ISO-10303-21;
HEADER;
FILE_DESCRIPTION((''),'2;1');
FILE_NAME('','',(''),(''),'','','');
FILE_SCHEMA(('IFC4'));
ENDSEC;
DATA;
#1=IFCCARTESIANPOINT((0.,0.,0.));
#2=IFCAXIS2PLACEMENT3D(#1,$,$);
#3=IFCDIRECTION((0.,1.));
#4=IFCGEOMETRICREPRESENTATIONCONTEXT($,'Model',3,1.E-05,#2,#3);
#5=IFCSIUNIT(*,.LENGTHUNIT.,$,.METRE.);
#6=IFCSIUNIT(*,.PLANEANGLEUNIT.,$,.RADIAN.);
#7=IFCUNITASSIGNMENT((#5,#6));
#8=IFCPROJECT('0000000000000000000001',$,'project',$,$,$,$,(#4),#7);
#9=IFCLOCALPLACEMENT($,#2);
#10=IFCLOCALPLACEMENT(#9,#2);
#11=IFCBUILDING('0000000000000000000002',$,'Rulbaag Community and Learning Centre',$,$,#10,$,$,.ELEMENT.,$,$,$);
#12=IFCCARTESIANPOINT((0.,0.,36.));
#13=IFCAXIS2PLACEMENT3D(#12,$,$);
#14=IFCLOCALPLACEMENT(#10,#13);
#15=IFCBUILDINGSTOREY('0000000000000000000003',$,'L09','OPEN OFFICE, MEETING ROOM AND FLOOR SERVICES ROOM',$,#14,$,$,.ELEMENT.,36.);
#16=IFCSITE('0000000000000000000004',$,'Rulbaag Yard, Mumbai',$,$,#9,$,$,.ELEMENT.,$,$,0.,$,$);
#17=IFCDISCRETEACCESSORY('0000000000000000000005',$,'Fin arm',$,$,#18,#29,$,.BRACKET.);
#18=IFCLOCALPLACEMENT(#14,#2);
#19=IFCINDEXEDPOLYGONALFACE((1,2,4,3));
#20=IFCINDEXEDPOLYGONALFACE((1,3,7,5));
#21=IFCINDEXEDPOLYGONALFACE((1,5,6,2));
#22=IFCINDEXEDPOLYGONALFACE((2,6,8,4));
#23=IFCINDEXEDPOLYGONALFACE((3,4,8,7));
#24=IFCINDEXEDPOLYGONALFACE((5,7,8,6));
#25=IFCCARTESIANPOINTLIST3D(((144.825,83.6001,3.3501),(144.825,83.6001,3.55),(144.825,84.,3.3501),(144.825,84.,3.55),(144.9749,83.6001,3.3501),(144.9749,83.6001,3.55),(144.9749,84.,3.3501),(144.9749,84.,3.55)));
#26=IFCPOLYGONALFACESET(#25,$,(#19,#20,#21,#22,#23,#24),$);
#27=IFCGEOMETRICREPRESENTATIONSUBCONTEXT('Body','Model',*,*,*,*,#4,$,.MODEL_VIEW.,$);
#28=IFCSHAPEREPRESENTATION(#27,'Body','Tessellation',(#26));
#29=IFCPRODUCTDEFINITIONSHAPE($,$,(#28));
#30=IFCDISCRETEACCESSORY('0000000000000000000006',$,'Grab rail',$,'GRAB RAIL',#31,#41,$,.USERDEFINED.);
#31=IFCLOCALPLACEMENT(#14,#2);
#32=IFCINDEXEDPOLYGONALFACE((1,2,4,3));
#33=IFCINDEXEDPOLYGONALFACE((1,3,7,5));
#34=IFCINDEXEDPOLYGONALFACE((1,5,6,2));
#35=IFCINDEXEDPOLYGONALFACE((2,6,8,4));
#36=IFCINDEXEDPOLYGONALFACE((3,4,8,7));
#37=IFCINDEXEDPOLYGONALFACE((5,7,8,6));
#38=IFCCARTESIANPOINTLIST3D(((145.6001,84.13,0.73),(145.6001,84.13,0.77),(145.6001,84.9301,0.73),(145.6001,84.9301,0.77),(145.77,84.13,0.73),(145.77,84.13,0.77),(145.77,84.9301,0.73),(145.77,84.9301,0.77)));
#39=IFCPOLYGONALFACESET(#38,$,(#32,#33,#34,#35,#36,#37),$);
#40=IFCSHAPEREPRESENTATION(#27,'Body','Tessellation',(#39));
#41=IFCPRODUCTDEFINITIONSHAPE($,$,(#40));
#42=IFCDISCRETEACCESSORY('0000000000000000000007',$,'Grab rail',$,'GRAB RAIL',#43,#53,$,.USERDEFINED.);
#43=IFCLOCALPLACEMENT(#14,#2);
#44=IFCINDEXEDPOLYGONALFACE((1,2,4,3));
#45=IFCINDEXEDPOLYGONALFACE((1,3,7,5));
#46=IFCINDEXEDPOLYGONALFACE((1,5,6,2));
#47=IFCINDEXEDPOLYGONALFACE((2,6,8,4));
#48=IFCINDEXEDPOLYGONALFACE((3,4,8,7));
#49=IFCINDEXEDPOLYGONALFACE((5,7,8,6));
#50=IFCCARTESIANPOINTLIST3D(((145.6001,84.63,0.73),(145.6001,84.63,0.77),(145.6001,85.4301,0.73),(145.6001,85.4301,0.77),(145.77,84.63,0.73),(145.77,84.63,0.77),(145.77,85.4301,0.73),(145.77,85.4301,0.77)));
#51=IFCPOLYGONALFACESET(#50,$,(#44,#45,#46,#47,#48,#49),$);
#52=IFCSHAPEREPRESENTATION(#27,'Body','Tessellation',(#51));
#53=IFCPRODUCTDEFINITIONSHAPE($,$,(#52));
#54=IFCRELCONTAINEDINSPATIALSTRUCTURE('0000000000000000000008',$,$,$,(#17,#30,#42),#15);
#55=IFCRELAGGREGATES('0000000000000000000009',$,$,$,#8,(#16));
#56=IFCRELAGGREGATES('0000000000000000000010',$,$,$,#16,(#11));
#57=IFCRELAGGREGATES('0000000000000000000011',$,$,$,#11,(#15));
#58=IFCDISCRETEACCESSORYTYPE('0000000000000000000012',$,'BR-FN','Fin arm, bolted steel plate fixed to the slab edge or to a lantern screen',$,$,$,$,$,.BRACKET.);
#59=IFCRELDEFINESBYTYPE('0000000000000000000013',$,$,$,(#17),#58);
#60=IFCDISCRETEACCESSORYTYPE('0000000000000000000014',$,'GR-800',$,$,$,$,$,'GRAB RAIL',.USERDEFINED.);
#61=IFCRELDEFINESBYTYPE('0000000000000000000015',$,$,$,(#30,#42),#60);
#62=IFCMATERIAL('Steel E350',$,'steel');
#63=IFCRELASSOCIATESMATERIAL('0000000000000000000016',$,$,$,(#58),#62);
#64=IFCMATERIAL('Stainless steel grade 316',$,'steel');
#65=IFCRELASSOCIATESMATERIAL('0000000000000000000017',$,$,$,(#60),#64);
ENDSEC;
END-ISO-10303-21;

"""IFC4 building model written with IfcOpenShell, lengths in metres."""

from ifc_helpers import new_model, si_unit, direction, frame, origin, origin_2d, place, context, subcontext, project, spatial, rectangle, extrude, material, type_object, element, save


model = new_model("IFC4")

# Units and contexts
model_context = context("Model", 3, precision=1e-05, world=origin(), true_north=direction((0.0, 1.0)))
body_context = subcontext(model_context, "Body", "Model", "MODEL_VIEW")
ifc_project = project(units=[si_unit("LENGTHUNIT", "METRE"), si_unit("PLANEANGLEUNIT", "RADIAN")], contexts=[model_context])

# Site, building, storey
site_placement = place(None, origin())
site = spatial("IfcSite", under=ifc_project, at=site_placement, Name="Rulbaag Yard, Mumbai", CompositionType="ELEMENT", RefElevation=0.0)
building_placement = place(site_placement, origin())
building = spatial("IfcBuilding", under=site, at=building_placement, Name="Rulbaag Community and Learning Centre", CompositionType="ELEMENT")
storey_placement = place(building_placement, frame((0.0, 0.0, 36.0)))
storey = spatial("IfcBuildingStorey", under=building, at=storey_placement, Name="L09", Description="OPEN OFFICE, MEETING ROOM AND FLOOR SERVICES ROOM", CompositionType="ELEMENT", Elevation=36.0)

# Discrete accessories
ifc_material_1 = material(Name="Steel E350", Category="steel")
discrete_accessory_type_1 = type_object("IfcDiscreteAccessoryType", Name="BR-FN", Description="Fin arm, bolted steel plate fixed to the slab edge or to a lantern screen", PredefinedType="BRACKET", material=ifc_material_1)
discrete_accessory_placement = place(storey_placement, frame((144.8999, 83.8, 3.3501), z_axis=(0.0, 0.0, 1.0), x_axis=(1.0, 0.0, 0.0)))
element("IfcDiscreteAccessory", 1, at=discrete_accessory_placement, inside=storey, type_object=discrete_accessory_type_1, Name="Fin arm", PredefinedType="BRACKET", context=body_context, shape_type="SweptSolid", body=[
    extrude(rectangle(XDim=0.1499, YDim=0.3999, at=origin_2d()), origin(), (0.0, 0.0, 1.0), 0.2),
])
ifc_material_2 = material(Name="Stainless steel grade 316", Category="steel")
discrete_accessory_type_2 = type_object("IfcDiscreteAccessoryType", Name="GR-800", ElementType="GRAB RAIL", PredefinedType="USERDEFINED", material=ifc_material_2)
for number, where, z_axis, x_axis, name in (
    (2, (145.6851, 84.53, 0.73), (0.0, 0.0, 1.0), (1.0, 0.0, 0.0), "Grab rail"),
    (3, (145.6851, 85.03, 0.73), (0.0, 0.0, 1.0), (1.0, 0.0, 0.0), "Grab rail"),
):
    element("IfcDiscreteAccessory", number, at=place(storey_placement, frame(where, z_axis=z_axis, x_axis=x_axis)), inside=storey, type_object=discrete_accessory_type_2, Name=name, ObjectType="GRAB RAIL", PredefinedType="USERDEFINED", context=body_context, shape_type="SweptSolid", body=[
        extrude(rectangle(XDim=0.1699, YDim=0.8, at=origin_2d()), origin(), (0.0, 0.0, 1.0), 0.04),
    ])

save(model, "model.ifc")
